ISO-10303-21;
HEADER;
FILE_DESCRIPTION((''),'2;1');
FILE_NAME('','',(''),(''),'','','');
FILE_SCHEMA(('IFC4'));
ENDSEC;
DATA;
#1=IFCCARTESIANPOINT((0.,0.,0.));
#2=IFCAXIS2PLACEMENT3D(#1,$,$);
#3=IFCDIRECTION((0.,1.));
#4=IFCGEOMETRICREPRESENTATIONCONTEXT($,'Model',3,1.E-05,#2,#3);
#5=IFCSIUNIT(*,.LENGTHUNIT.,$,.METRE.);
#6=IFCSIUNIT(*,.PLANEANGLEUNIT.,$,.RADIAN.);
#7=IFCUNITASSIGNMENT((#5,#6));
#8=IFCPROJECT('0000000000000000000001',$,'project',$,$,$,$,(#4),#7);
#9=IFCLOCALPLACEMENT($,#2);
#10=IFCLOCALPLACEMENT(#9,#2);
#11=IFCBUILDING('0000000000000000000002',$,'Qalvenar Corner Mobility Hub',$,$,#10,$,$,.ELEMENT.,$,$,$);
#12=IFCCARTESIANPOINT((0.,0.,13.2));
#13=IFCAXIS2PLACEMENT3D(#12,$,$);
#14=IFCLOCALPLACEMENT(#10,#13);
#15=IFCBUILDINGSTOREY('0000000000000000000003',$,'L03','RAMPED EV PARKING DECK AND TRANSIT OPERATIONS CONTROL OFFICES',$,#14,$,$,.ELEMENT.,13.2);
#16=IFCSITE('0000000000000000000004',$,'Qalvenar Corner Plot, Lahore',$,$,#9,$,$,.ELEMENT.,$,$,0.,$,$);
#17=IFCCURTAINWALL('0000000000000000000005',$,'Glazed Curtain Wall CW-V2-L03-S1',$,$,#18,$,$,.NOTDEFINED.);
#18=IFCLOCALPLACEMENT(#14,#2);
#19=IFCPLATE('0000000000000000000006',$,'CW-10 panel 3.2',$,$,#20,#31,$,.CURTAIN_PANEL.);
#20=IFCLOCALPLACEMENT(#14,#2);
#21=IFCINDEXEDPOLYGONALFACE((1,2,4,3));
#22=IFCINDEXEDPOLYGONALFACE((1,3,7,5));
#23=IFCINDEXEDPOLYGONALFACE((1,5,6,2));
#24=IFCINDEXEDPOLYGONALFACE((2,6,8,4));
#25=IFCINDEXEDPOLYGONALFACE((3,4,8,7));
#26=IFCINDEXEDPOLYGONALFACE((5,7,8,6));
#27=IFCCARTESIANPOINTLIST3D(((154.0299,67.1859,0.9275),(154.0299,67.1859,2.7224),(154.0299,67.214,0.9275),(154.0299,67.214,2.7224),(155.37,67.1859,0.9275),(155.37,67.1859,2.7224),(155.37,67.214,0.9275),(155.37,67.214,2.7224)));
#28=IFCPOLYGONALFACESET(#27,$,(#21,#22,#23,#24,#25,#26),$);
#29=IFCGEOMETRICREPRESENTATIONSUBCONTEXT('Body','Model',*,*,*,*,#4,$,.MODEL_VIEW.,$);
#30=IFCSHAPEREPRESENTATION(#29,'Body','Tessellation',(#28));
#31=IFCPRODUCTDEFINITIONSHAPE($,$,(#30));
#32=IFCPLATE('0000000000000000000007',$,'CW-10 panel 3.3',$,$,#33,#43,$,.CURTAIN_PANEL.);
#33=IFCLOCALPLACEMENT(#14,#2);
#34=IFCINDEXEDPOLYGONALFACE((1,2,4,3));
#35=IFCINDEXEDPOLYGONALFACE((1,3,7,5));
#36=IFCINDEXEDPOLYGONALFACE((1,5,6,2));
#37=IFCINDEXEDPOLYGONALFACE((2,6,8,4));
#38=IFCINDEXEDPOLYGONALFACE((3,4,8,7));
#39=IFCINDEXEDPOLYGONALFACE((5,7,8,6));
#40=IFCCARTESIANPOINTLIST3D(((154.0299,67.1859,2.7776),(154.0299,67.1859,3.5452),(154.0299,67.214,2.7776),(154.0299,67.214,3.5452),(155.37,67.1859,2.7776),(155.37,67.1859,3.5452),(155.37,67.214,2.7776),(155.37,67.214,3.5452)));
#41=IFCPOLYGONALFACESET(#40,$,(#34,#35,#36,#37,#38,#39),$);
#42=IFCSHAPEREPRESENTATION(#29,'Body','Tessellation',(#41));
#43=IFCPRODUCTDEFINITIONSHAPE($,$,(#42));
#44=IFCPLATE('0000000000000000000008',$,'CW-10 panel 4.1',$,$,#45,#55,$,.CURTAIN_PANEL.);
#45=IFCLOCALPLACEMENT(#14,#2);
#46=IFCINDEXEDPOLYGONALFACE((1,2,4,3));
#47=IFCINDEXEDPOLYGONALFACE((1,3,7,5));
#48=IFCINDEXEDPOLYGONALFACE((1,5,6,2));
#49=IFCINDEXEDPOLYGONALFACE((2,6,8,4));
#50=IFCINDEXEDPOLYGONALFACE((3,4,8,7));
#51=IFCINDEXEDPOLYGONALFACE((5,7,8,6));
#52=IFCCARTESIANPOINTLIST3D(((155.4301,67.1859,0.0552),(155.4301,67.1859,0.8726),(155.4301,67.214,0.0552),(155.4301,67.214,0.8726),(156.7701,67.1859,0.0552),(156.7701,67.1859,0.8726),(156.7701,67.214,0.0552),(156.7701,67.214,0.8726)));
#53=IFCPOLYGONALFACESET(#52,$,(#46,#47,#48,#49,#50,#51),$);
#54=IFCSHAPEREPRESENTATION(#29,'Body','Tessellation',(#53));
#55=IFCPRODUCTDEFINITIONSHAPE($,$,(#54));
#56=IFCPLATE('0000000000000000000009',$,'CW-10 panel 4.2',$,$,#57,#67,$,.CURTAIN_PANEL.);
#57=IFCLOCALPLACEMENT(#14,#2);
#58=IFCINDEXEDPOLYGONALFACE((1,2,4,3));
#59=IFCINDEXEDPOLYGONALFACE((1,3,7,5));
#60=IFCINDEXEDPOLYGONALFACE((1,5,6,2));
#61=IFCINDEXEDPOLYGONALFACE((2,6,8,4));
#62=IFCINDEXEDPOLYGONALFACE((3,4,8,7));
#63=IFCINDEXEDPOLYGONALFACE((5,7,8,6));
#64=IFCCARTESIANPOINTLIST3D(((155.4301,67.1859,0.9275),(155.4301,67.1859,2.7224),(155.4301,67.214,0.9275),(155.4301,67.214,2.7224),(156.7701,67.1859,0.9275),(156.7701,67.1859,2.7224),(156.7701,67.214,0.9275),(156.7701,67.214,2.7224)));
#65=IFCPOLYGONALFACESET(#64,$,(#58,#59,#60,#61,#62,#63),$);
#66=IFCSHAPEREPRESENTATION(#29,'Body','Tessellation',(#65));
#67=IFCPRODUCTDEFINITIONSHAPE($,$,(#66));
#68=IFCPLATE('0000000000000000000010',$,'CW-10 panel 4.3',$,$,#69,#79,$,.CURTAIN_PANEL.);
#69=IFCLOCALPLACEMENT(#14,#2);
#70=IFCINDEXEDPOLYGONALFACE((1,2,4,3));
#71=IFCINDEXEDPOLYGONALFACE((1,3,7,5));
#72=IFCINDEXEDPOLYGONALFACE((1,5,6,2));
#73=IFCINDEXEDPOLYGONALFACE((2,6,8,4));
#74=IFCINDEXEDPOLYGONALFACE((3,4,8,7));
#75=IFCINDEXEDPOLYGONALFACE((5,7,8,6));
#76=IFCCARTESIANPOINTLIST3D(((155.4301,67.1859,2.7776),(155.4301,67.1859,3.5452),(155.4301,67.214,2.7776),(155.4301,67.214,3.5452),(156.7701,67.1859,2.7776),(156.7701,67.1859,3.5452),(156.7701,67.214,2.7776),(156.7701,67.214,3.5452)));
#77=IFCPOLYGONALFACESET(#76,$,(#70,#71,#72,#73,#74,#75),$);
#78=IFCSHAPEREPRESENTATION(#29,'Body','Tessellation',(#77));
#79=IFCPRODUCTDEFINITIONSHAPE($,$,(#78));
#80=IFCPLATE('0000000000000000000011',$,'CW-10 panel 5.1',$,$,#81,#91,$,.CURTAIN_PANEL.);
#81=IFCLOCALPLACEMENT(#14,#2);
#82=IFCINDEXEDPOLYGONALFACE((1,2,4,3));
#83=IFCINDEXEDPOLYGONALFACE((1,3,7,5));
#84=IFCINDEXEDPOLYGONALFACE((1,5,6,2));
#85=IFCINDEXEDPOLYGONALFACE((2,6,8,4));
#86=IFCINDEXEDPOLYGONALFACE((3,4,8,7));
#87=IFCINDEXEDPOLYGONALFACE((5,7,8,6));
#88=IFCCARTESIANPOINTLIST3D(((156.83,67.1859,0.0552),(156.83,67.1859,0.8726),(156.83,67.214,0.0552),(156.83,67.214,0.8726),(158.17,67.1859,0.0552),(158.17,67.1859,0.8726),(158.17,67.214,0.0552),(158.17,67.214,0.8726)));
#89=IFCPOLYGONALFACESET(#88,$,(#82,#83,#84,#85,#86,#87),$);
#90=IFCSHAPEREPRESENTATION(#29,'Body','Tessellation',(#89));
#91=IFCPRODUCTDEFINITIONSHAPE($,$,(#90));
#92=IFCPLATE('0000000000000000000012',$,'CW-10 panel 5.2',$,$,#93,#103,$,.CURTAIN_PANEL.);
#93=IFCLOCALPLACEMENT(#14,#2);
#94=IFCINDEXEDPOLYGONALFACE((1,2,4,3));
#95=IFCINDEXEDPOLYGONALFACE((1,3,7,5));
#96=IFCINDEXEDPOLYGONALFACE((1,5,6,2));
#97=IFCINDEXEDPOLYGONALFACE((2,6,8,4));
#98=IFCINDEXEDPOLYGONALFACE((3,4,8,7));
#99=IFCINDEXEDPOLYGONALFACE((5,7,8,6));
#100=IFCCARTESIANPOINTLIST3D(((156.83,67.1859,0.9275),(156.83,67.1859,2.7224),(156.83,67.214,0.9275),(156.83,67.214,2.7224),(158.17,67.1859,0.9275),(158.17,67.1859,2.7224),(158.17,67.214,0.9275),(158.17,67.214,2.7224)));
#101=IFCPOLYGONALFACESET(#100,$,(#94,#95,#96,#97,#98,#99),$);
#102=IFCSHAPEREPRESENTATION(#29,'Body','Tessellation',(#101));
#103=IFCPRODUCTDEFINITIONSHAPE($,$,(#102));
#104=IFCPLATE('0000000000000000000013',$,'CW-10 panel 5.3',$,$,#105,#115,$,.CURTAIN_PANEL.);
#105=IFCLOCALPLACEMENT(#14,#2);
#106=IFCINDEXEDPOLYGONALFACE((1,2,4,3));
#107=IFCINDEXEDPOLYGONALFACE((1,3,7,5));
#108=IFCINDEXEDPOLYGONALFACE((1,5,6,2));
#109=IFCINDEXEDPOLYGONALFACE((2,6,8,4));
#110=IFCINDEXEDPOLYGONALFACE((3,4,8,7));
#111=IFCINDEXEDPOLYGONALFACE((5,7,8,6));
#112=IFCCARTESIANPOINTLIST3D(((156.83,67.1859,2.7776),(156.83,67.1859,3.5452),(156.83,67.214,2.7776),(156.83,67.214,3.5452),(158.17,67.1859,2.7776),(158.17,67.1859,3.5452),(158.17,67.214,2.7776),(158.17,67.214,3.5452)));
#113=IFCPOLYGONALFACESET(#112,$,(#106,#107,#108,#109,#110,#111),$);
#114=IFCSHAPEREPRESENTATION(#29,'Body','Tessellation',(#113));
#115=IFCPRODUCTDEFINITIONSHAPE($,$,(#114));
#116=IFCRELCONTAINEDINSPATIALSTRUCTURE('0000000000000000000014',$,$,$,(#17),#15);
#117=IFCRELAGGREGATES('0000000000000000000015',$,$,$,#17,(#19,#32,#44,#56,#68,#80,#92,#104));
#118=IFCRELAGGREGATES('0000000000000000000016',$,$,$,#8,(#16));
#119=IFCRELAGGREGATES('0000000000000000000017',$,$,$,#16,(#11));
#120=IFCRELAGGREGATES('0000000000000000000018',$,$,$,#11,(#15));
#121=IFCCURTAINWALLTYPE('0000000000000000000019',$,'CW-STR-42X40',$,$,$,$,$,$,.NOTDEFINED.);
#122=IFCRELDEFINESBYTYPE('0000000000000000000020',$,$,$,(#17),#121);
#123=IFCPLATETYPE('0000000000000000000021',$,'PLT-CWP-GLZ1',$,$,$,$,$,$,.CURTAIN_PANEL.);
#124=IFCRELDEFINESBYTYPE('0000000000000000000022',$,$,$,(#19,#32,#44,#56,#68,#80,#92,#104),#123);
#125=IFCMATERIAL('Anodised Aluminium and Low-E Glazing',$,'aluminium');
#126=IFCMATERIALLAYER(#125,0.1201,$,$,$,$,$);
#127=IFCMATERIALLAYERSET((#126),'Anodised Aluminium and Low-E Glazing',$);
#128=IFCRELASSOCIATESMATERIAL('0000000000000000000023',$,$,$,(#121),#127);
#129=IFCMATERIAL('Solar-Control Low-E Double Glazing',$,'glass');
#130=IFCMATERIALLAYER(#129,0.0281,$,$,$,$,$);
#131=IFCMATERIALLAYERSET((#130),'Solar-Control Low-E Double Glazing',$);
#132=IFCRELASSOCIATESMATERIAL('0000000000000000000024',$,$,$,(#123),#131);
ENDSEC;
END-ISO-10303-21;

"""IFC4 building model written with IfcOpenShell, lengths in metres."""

from ifc_helpers import new_model, si_unit, direction, frame, origin, origin_2d, place, context, subcontext, project, spatial, rectangle, extrude, material, layer, layer_set, type_object, element, aggregate, save


model = new_model("IFC4")

# Units and contexts
model_context = context("Model", 3, precision=1e-05, world=origin(), true_north=direction((0.0, 1.0)))
body_context = subcontext(model_context, "Body", "Model", "MODEL_VIEW")
ifc_project = project(units=[si_unit("LENGTHUNIT", "METRE"), si_unit("PLANEANGLEUNIT", "RADIAN")], contexts=[model_context])

# Site, building, storey
site_placement = place(None, origin())
site = spatial("IfcSite", under=ifc_project, at=site_placement, Name="Qalvenar Corner Plot, Lahore", CompositionType="ELEMENT", RefElevation=0.0)
building_placement = place(site_placement, origin())
building = spatial("IfcBuilding", under=site, at=building_placement, Name="Qalvenar Corner Mobility Hub", CompositionType="ELEMENT")
storey_placement = place(building_placement, frame((0.0, 0.0, 13.2)))
storey = spatial("IfcBuildingStorey", under=building, at=storey_placement, Name="L03", Description="RAMPED EV PARKING DECK AND TRANSIT OPERATIONS CONTROL OFFICES", CompositionType="ELEMENT", Elevation=13.2)

# Curtain wall, plates
ifc_material_1 = material(Name="Anodised Aluminium and Low-E Glazing", Category="aluminium")
ifc_layer_1 = layer(ifc_material_1, 0.1201)
ifc_layer_set_1 = layer_set([ifc_layer_1], Name="Anodised Aluminium and Low-E Glazing")
curtain_wall_type = type_object("IfcCurtainWallType", Name="CW-STR-42X40", PredefinedType="NOTDEFINED", material=ifc_layer_set_1)
curtain_wall_placement = place(storey_placement, origin())
curtain_wall = element("IfcCurtainWall", 1, at=curtain_wall_placement, inside=storey, type_object=curtain_wall_type, Name="Glazed Curtain Wall CW-V2-L03-S1", PredefinedType="NOTDEFINED")
ifc_material_2 = material(Name="Solar-Control Low-E Double Glazing", Category="glass")
ifc_layer_2 = layer(ifc_material_2, 0.0281)
ifc_layer_set_2 = layer_set([ifc_layer_2], Name="Solar-Control Low-E Double Glazing")
plate_type = type_object("IfcPlateType", Name="PLT-CWP-GLZ1", PredefinedType="CURTAIN_PANEL", material=ifc_layer_set_2)
plate_1_placement = place(storey_placement, frame((154.7, 67.2, 0.9275), z_axis=(0.0, 0.0, 1.0), x_axis=(1.0, 0.0, 0.0)))
plate_1 = element("IfcPlate", 2, at=plate_1_placement, type_object=plate_type, Name="CW-10 panel 3.2", PredefinedType="CURTAIN_PANEL", context=body_context, shape_type="SweptSolid", body=[
    extrude(rectangle(XDim=1.3401, YDim=0.0281, at=origin_2d()), origin(), (0.0, 0.0, 1.0), 1.7949),
])
plate_2_placement = place(storey_placement, frame((154.7, 67.2, 2.7776), z_axis=(0.0, 0.0, 1.0), x_axis=(1.0, 0.0, 0.0)))
plate_2 = element("IfcPlate", 3, at=plate_2_placement, type_object=plate_type, Name="CW-10 panel 3.3", PredefinedType="CURTAIN_PANEL", context=body_context, shape_type="SweptSolid", body=[
    extrude(rectangle(XDim=1.3401, YDim=0.0281, at=origin_2d()), origin(), (0.0, 0.0, 1.0), 0.7676),
])
plate_3_placement = place(storey_placement, frame((156.1001, 67.2, 0.0552), z_axis=(0.0, 0.0, 1.0), x_axis=(1.0, 0.0, 0.0)))
plate_3 = element("IfcPlate", 4, at=plate_3_placement, type_object=plate_type, Name="CW-10 panel 4.1", PredefinedType="CURTAIN_PANEL", context=body_context, shape_type="SweptSolid", body=[
    extrude(rectangle(XDim=1.3401, YDim=0.0281, at=origin_2d()), origin(), (0.0, 0.0, 1.0), 0.8174),
])
plate_4_placement = place(storey_placement, frame((156.1001, 67.2, 0.9275), z_axis=(0.0, 0.0, 1.0), x_axis=(1.0, 0.0, 0.0)))
plate_4 = element("IfcPlate", 5, at=plate_4_placement, type_object=plate_type, Name="CW-10 panel 4.2", PredefinedType="CURTAIN_PANEL", context=body_context, shape_type="SweptSolid", body=[
    extrude(rectangle(XDim=1.3401, YDim=0.0281, at=origin_2d()), origin(), (0.0, 0.0, 1.0), 1.7949),
])
plate_5_placement = place(storey_placement, frame((156.1001, 67.2, 2.7776), z_axis=(0.0, 0.0, 1.0), x_axis=(1.0, 0.0, 0.0)))
plate_5 = element("IfcPlate", 6, at=plate_5_placement, type_object=plate_type, Name="CW-10 panel 4.3", PredefinedType="CURTAIN_PANEL", context=body_context, shape_type="SweptSolid", body=[
    extrude(rectangle(XDim=1.3401, YDim=0.0281, at=origin_2d()), origin(), (0.0, 0.0, 1.0), 0.7676),
])
plate_6_placement = place(storey_placement, frame((157.5, 67.2, 0.0552), z_axis=(0.0, 0.0, 1.0), x_axis=(1.0, 0.0, 0.0)))
plate_6 = element("IfcPlate", 7, at=plate_6_placement, type_object=plate_type, Name="CW-10 panel 5.1", PredefinedType="CURTAIN_PANEL", context=body_context, shape_type="SweptSolid", body=[
    extrude(rectangle(XDim=1.3401, YDim=0.0281, at=origin_2d()), origin(), (0.0, 0.0, 1.0), 0.8174),
])
plate_7_placement = place(storey_placement, frame((157.5, 67.2, 0.9275), z_axis=(0.0, 0.0, 1.0), x_axis=(1.0, 0.0, 0.0)))
plate_7 = element("IfcPlate", 8, at=plate_7_placement, type_object=plate_type, Name="CW-10 panel 5.2", PredefinedType="CURTAIN_PANEL", context=body_context, shape_type="SweptSolid", body=[
    extrude(rectangle(XDim=1.3401, YDim=0.0281, at=origin_2d()), origin(), (0.0, 0.0, 1.0), 1.7949),
])
plate_8_placement = place(storey_placement, frame((157.5, 67.2, 2.7776), z_axis=(0.0, 0.0, 1.0), x_axis=(1.0, 0.0, 0.0)))
plate_8 = element("IfcPlate", 9, at=plate_8_placement, type_object=plate_type, Name="CW-10 panel 5.3", PredefinedType="CURTAIN_PANEL", context=body_context, shape_type="SweptSolid", body=[
    extrude(rectangle(XDim=1.3401, YDim=0.0281, at=origin_2d()), origin(), (0.0, 0.0, 1.0), 0.7676),
])
aggregate(curtain_wall, [plate_1, plate_2, plate_3, plate_4, plate_5, plate_6, plate_7, plate_8])

save(model, "model.ifc")
